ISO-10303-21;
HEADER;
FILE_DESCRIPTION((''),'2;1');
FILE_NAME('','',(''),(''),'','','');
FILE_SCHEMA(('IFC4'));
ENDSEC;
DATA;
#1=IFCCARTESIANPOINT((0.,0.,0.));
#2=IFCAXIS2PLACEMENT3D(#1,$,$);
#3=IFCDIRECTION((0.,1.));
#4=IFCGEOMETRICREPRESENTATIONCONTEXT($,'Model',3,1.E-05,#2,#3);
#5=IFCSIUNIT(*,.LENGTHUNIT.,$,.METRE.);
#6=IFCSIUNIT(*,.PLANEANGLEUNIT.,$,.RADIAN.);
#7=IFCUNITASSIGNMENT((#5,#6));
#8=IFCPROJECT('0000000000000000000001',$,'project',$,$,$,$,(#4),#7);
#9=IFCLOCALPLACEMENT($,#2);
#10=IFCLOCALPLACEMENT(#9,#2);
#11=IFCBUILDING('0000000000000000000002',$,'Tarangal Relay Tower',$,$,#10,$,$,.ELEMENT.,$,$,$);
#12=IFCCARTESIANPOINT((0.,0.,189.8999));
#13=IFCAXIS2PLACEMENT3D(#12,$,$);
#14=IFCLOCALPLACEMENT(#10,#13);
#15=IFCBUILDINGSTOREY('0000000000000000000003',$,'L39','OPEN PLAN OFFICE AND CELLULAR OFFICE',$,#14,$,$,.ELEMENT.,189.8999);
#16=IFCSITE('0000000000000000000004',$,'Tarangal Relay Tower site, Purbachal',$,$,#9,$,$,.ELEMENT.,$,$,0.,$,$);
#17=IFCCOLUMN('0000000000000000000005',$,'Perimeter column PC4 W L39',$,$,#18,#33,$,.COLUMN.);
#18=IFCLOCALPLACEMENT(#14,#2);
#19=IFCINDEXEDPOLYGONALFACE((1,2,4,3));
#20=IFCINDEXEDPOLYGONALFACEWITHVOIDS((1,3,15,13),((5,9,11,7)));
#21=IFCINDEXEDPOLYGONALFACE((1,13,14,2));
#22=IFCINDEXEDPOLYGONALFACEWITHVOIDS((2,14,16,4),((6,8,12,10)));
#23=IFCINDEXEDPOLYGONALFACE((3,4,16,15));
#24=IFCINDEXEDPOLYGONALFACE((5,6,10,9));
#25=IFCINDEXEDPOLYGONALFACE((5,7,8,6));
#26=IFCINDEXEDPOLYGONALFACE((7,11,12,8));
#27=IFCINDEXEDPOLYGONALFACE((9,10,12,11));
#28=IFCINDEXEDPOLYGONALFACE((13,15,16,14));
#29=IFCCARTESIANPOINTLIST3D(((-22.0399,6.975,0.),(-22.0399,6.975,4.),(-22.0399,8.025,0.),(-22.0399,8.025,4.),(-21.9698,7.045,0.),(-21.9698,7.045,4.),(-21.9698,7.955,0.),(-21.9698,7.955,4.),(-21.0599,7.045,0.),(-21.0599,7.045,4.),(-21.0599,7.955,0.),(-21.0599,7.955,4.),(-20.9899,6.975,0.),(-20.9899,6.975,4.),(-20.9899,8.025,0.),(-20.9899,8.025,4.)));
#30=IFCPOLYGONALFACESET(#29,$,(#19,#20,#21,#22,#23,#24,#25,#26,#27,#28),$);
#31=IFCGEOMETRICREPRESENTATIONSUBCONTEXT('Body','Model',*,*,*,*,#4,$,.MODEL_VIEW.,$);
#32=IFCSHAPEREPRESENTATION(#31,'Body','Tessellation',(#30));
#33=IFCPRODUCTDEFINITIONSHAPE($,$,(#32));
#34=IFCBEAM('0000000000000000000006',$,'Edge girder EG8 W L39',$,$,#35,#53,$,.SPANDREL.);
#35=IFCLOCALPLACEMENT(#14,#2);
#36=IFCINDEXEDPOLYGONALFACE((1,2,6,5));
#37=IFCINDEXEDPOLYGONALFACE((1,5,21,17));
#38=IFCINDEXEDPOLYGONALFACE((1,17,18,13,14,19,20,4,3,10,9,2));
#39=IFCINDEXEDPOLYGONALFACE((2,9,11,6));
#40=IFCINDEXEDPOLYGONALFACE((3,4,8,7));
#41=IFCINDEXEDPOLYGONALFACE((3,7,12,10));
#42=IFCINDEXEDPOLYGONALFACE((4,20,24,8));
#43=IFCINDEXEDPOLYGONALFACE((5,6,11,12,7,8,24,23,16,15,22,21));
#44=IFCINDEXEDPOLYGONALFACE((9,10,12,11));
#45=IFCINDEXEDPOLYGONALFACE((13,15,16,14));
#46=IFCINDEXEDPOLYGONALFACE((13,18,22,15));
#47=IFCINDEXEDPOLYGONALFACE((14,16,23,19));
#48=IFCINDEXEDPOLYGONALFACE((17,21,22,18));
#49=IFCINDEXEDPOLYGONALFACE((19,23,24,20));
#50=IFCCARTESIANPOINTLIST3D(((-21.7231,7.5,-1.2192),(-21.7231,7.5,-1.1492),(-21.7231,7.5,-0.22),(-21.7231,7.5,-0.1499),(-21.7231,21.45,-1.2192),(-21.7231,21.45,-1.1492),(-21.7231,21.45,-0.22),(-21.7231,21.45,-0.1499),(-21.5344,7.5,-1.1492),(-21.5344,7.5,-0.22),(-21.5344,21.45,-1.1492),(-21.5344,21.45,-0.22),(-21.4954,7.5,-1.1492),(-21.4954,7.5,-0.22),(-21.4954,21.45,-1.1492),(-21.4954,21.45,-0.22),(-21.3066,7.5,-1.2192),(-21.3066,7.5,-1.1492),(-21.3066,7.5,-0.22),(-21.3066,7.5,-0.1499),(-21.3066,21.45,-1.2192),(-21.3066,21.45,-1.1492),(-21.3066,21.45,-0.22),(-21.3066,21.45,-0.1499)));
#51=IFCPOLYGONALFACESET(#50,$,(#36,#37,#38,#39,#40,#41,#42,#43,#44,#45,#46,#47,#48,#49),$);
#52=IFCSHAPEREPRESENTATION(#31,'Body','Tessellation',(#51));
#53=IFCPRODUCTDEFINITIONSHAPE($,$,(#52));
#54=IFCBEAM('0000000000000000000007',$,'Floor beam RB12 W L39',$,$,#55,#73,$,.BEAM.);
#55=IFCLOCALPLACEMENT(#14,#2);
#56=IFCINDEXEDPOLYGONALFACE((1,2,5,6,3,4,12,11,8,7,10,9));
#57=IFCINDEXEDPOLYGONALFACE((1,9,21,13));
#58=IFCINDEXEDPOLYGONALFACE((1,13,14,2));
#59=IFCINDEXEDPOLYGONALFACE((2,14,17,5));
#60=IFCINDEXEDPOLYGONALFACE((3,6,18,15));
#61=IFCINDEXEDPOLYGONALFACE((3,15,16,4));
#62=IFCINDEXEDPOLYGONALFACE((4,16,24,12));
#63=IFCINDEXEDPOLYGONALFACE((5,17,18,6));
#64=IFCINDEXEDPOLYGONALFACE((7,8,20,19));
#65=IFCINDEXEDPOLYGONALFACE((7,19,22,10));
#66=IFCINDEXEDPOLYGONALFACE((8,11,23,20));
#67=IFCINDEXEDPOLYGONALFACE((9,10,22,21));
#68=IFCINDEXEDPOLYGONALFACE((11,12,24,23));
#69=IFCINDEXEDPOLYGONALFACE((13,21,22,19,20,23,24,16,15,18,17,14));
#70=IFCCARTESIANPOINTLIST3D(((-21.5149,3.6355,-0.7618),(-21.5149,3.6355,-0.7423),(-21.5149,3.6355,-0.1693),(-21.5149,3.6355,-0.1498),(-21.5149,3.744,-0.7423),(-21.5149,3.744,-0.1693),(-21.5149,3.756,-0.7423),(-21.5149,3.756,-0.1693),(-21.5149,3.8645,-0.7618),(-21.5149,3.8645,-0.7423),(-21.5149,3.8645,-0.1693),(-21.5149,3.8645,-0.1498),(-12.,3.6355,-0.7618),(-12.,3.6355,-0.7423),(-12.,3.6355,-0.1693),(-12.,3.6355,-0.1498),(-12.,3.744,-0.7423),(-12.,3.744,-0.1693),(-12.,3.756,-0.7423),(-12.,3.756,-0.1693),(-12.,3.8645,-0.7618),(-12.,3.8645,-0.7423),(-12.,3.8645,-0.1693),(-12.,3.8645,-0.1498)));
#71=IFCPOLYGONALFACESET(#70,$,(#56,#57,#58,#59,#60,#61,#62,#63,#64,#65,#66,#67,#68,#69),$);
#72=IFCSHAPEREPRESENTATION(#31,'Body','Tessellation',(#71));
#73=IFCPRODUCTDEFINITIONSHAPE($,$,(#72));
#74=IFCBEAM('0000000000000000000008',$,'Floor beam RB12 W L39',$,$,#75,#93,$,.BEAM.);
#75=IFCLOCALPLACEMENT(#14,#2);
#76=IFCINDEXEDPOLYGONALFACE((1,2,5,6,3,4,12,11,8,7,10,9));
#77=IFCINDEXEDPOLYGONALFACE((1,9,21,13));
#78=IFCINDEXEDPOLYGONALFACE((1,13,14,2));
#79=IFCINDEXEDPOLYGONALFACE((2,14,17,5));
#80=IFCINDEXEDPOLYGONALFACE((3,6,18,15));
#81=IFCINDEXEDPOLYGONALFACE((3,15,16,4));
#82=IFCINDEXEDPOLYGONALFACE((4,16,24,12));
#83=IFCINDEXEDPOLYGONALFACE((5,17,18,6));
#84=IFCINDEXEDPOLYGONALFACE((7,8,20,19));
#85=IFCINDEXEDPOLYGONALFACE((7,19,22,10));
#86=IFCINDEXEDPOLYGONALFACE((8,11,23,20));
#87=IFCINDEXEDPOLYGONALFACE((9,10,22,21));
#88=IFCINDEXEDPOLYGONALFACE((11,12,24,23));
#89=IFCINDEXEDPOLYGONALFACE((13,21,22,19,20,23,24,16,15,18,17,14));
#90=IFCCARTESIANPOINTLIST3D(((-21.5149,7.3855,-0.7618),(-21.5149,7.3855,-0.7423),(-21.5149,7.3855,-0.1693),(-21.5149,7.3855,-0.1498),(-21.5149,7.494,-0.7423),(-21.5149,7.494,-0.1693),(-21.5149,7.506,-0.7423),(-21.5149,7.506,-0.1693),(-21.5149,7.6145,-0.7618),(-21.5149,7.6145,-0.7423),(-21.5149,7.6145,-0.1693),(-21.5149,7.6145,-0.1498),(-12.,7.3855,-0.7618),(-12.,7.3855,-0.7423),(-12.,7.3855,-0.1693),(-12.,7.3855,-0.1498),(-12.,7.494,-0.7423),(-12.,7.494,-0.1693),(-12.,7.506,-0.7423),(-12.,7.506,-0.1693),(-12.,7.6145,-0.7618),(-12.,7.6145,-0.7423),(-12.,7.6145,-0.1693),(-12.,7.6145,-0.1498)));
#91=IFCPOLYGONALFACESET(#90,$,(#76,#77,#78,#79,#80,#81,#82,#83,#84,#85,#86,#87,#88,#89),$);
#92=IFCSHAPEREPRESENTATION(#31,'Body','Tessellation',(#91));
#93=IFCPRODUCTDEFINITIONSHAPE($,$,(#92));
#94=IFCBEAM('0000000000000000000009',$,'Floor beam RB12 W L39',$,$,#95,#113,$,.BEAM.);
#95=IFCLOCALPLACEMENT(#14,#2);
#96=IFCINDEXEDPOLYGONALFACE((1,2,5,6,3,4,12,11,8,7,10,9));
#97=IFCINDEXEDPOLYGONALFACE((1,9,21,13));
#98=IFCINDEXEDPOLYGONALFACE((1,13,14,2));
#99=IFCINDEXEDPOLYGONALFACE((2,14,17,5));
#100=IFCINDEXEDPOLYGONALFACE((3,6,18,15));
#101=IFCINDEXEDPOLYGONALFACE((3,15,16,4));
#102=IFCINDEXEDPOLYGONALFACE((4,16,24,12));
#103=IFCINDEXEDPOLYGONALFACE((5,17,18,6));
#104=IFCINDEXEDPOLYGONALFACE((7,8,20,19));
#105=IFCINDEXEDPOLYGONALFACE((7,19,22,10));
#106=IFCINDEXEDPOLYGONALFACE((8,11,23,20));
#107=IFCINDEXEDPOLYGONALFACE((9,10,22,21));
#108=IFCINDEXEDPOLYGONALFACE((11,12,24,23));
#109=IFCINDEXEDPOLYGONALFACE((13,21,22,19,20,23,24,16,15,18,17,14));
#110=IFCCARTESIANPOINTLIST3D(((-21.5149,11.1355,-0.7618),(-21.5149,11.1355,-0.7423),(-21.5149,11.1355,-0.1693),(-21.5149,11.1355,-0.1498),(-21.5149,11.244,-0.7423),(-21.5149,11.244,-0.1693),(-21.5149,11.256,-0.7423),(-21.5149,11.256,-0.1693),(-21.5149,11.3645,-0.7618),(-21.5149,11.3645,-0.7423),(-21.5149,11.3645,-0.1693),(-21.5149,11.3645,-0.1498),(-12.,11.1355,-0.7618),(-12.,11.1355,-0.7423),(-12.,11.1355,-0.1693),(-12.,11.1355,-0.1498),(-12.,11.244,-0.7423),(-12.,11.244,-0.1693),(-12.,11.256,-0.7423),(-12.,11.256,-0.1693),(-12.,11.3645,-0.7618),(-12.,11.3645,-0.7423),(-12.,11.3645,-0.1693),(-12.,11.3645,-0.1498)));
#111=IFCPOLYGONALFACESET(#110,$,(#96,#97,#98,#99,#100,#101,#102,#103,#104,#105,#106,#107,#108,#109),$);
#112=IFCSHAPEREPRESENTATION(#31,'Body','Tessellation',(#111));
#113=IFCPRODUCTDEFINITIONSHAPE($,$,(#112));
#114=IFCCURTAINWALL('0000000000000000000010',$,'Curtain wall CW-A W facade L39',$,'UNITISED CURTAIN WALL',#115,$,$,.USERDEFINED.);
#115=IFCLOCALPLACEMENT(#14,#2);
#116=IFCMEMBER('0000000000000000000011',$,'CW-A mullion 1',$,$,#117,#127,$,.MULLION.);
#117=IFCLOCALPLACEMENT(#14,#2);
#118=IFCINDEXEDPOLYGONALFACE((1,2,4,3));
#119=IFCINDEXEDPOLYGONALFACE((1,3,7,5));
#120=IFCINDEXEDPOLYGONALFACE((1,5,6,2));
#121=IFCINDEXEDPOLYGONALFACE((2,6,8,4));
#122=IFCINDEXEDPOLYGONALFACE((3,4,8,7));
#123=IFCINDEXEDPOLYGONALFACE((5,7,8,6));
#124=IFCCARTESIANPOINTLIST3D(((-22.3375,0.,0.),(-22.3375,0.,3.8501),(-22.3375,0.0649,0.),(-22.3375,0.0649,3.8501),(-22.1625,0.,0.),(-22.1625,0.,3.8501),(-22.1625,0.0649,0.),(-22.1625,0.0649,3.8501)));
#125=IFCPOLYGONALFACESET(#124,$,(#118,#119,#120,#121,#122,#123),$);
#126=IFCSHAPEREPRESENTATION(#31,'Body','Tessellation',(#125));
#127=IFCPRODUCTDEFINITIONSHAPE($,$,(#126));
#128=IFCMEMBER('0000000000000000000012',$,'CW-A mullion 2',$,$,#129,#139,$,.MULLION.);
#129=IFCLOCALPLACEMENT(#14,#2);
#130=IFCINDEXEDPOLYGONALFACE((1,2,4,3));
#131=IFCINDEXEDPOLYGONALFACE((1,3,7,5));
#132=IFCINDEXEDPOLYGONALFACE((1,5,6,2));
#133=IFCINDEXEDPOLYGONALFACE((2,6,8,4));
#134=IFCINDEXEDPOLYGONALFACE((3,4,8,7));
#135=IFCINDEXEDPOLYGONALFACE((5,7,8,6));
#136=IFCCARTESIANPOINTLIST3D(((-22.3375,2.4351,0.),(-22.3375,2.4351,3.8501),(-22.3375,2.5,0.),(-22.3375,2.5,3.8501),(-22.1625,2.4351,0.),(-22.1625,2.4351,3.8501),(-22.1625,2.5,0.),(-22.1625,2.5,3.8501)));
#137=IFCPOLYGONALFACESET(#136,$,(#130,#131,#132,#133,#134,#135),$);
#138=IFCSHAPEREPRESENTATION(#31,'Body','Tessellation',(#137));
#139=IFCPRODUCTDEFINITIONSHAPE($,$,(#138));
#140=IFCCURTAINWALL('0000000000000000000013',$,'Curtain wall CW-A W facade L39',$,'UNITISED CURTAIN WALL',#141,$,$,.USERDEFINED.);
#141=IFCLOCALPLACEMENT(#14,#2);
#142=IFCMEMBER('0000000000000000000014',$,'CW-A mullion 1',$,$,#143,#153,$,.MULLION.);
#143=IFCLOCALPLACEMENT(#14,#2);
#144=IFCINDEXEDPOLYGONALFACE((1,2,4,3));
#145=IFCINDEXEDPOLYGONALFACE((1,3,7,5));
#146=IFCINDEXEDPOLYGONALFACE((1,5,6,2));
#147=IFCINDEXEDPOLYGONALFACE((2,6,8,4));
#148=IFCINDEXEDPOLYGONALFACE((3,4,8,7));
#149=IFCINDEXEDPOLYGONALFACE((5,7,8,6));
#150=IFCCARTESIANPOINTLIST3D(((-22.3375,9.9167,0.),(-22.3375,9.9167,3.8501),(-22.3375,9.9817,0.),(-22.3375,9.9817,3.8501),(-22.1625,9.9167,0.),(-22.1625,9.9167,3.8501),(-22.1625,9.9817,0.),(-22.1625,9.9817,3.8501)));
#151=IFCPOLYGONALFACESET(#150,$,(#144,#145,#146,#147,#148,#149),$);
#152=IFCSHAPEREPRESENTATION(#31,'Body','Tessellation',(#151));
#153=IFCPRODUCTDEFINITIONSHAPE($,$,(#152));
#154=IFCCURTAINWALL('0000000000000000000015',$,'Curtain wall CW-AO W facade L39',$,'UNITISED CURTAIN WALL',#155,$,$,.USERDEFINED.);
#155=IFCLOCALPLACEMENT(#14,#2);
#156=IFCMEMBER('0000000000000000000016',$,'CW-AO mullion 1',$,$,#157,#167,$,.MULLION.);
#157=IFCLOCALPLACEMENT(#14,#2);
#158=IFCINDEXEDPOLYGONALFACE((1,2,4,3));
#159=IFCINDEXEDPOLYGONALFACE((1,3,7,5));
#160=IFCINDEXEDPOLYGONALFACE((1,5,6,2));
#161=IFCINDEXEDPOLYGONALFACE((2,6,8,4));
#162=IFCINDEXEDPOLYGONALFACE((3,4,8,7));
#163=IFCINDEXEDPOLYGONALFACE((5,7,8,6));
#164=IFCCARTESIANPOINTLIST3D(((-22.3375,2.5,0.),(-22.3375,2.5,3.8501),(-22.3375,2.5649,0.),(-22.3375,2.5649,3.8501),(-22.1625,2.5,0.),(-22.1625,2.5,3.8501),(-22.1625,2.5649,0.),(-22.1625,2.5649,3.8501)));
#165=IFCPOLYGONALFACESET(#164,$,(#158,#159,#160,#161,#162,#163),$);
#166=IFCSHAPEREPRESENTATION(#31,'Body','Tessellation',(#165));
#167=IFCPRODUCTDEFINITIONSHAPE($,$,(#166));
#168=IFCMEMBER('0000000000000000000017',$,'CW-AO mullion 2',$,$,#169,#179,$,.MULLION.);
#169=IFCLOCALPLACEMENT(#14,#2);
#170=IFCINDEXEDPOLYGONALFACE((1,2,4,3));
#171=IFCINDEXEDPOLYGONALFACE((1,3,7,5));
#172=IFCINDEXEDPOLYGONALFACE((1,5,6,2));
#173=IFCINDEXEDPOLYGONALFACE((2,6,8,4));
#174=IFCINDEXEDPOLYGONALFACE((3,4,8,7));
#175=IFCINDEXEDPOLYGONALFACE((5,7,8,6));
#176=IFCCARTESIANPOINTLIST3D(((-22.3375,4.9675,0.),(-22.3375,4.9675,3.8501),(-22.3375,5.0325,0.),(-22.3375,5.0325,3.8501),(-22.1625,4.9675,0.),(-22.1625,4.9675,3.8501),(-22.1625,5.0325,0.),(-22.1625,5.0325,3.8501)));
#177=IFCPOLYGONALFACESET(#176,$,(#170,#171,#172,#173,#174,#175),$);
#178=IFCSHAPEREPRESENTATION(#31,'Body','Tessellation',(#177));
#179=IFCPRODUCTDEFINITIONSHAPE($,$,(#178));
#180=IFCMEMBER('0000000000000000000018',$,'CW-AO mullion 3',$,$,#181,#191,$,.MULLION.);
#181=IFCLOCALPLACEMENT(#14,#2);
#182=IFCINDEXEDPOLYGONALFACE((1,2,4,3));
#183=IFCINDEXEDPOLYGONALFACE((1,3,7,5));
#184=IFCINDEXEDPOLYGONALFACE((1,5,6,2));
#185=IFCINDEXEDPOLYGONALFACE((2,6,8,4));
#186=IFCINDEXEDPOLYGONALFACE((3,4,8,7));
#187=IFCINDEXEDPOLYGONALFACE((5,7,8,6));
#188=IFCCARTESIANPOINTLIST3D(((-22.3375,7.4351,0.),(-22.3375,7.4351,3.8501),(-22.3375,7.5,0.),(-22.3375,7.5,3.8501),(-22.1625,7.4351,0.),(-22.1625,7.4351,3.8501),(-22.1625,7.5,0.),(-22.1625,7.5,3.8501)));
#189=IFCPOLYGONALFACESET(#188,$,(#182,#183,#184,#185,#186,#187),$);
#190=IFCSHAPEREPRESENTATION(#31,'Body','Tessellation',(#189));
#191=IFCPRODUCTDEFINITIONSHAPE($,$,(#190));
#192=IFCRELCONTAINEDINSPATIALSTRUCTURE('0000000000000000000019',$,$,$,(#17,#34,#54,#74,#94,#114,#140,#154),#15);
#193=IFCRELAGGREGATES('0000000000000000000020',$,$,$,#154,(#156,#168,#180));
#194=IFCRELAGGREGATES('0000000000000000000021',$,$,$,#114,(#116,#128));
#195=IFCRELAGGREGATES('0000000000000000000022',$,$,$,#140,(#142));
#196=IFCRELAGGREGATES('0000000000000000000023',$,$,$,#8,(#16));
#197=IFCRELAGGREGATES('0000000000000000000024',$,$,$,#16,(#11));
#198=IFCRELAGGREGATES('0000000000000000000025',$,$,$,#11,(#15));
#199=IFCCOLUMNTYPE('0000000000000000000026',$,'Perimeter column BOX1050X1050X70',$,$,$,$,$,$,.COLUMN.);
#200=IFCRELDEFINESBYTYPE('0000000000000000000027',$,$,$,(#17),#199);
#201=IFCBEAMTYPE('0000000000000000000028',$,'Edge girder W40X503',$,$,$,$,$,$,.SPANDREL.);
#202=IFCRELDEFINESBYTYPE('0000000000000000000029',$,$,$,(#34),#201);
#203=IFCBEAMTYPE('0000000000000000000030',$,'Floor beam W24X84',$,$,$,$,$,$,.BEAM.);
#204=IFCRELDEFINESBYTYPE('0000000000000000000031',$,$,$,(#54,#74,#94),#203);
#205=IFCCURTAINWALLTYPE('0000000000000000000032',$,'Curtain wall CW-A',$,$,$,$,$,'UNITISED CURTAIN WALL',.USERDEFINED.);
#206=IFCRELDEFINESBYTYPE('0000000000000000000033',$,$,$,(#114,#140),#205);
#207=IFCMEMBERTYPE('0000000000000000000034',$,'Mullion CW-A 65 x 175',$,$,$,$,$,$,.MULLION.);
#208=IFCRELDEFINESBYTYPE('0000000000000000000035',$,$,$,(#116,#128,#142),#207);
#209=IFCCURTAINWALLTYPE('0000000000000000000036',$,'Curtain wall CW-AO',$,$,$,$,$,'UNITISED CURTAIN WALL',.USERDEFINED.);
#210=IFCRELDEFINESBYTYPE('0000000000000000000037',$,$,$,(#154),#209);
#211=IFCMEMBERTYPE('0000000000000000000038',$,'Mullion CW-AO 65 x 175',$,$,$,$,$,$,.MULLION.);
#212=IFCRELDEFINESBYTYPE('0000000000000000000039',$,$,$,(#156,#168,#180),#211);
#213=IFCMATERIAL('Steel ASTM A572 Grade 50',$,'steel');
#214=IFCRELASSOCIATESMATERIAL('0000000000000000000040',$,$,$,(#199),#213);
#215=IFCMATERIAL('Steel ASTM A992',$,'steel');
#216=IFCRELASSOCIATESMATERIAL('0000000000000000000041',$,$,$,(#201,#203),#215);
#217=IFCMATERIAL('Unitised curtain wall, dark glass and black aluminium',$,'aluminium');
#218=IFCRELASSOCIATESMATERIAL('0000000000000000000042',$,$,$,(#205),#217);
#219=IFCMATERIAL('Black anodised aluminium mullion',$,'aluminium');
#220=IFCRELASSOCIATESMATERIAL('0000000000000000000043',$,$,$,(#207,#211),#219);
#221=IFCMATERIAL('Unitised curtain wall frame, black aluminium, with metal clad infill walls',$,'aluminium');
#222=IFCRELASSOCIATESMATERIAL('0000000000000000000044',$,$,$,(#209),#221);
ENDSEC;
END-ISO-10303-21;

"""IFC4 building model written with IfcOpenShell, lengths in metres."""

from ifc_helpers import new_model, si_unit, direction, frame, origin, origin_2d, place, context, subcontext, project, spatial, rectangle, hollow_rectangle, i_section, extrude, material, material_profile, profile_set, type_object, element, aggregate, save


model = new_model("IFC4")

# Units and contexts
model_context = context("Model", 3, precision=1e-05, world=origin(), true_north=direction((0.0, 1.0)))
body_context = subcontext(model_context, "Body", "Model", "MODEL_VIEW")
ifc_project = project(units=[si_unit("LENGTHUNIT", "METRE"), si_unit("PLANEANGLEUNIT", "RADIAN")], contexts=[model_context])

# Site, building, storey
site_placement = place(None, origin())
site = spatial("IfcSite", under=ifc_project, at=site_placement, Name="Tarangal Relay Tower site, Purbachal", CompositionType="ELEMENT", RefElevation=0.0)
building_placement = place(site_placement, origin())
building = spatial("IfcBuilding", under=site, at=building_placement, Name="Tarangal Relay Tower", CompositionType="ELEMENT")
storey_placement = place(building_placement, frame((0.0, 0.0, 189.8999)))
storey = spatial("IfcBuildingStorey", under=building, at=storey_placement, Name="L39", Description="OPEN PLAN OFFICE AND CELLULAR OFFICE", CompositionType="ELEMENT", Elevation=189.8999)

# Column
ifc_material_1 = material(Name="Steel ASTM A572 Grade 50", Category="steel")
ifc_material_profile_1 = material_profile(ifc_material_1, hollow_rectangle(XDim=1.05, YDim=1.05, WallThickness=0.0701, at=origin_2d()), Name="BOX1050X1050X70")
ifc_profile_set_1 = profile_set([ifc_material_profile_1], Name="Steel ASTM A572 Grade 50")
column_type = type_object("IfcColumnType", Name="Perimeter column BOX1050X1050X70", PredefinedType="COLUMN", material=ifc_profile_set_1)
column_placement = place(storey_placement, frame((-21.5149, 7.5, 0.0), z_axis=(0.0, 0.0, 1.0), x_axis=(1.0, 0.0, 0.0)))
element("IfcColumn", 1, at=column_placement, inside=storey, type_object=column_type, Name="Perimeter column PC4 W L39", PredefinedType="COLUMN", context=body_context, shape_type="SweptSolid", body=[
    extrude(hollow_rectangle(XDim=1.05, YDim=1.05, WallThickness=0.0701, at=origin_2d()), origin(), (0.0, 0.0, 1.0), 4.0),
])

# Beams
ifc_material_2 = material(Name="Steel ASTM A992", Category="steel")
ifc_material_profile_2 = material_profile(ifc_material_2, i_section(OverallWidth=0.4165, OverallDepth=1.0693, WebThickness=0.0391, FlangeThickness=0.0701, at=origin_2d()), Name="W40X503")
ifc_profile_set_2 = profile_set([ifc_material_profile_2], Name="Steel ASTM A992")
beam_type_1 = type_object("IfcBeamType", Name="Edge girder W40X503", PredefinedType="SPANDREL", material=ifc_profile_set_2)
beam_placement = place(storey_placement, frame((-21.5149, 7.5, -0.6846), z_axis=(0.0, 1.0, 0.0), x_axis=(-1.0, 0.0, 0.0)))
element("IfcBeam", 2, at=beam_placement, inside=storey, type_object=beam_type_1, Name="Edge girder EG8 W L39", PredefinedType="SPANDREL", context=body_context, shape_type="SweptSolid", body=[
    extrude(i_section(OverallWidth=0.4165, OverallDepth=1.0693, WebThickness=0.0391, FlangeThickness=0.0701, at=origin_2d()), origin(), (0.0, 0.0, 1.0), 13.95),
])
ifc_material_profile_3 = material_profile(ifc_material_2, i_section(OverallWidth=0.229, OverallDepth=0.6121, WebThickness=0.012, FlangeThickness=0.0195, at=origin_2d()), Name="W24X84")
ifc_profile_set_3 = profile_set([ifc_material_profile_3], Name="Steel ASTM A992")
beam_type_2 = type_object("IfcBeamType", Name="Floor beam W24X84", PredefinedType="BEAM", material=ifc_profile_set_3)
for number, where, z_axis, x_axis, name in (
    (3, (-12.0, 3.75, -0.4558), (-1.0, 0.0, 0.0), (0.0, -1.0, 0.0), "Floor beam RB12 W L39"),
    (4, (-12.0, 7.5, -0.4558), (-1.0, 0.0, 0.0), (0.0, -1.0, 0.0), "Floor beam RB12 W L39"),
    (5, (-12.0, 11.25, -0.4558), (-1.0, 0.0, 0.0), (0.0, -1.0, 0.0), "Floor beam RB12 W L39"),
):
    element("IfcBeam", number, at=place(storey_placement, frame(where, z_axis=z_axis, x_axis=x_axis)), inside=storey, type_object=beam_type_2, Name=name, PredefinedType="BEAM", context=body_context, shape_type="SweptSolid", body=[
        extrude(i_section(OverallWidth=0.229, OverallDepth=0.6121, WebThickness=0.012, FlangeThickness=0.0195, at=origin_2d()), origin(), (0.0, 0.0, 1.0), 9.5149),
    ])

# Curtain wall, members
ifc_material_3 = material(Name="Unitised curtain wall, dark glass and black aluminium", Category="aluminium")
curtain_wall_type_1 = type_object("IfcCurtainWallType", Name="Curtain wall CW-A", ElementType="UNITISED CURTAIN WALL", PredefinedType="USERDEFINED", material=ifc_material_3)
curtain_wall_1_placement = place(storey_placement, origin())
curtain_wall_1 = element("IfcCurtainWall", 6, at=curtain_wall_1_placement, inside=storey, type_object=curtain_wall_type_1, Name="Curtain wall CW-A W facade L39", ObjectType="UNITISED CURTAIN WALL", PredefinedType="USERDEFINED")
ifc_material_4 = material(Name="Black anodised aluminium mullion", Category="aluminium")
ifc_material_profile_4 = material_profile(ifc_material_4, rectangle(XDim=0.175, YDim=0.0649, at=origin_2d()), Name="CW-AM 65X175")
ifc_profile_set_4 = profile_set([ifc_material_profile_4], Name="Black anodised aluminium mullion")
member_type_1 = type_object("IfcMemberType", Name="Mullion CW-A 65 x 175", PredefinedType="MULLION", material=ifc_profile_set_4)
member_1_placement = place(storey_placement, frame((-22.25, 0.0325, 0.0), z_axis=(0.0, 0.0, 1.0), x_axis=(-1.0, 0.0, 0.0)))
member_1 = element("IfcMember", 7, at=member_1_placement, type_object=member_type_1, Name="CW-A mullion 1", PredefinedType="MULLION", context=body_context, shape_type="SweptSolid", body=[
    extrude(rectangle(XDim=0.175, YDim=0.0649, at=origin_2d()), origin(), (0.0, 0.0, 1.0), 3.8501),
])
member_2_placement = place(storey_placement, frame((-22.25, 2.4675, 0.0), z_axis=(0.0, 0.0, 1.0), x_axis=(-1.0, 0.0, 0.0)))
member_2 = element("IfcMember", 8, at=member_2_placement, type_object=member_type_1, Name="CW-A mullion 2", PredefinedType="MULLION", context=body_context, shape_type="SweptSolid", body=[
    extrude(rectangle(XDim=0.175, YDim=0.0649, at=origin_2d()), origin(), (0.0, 0.0, 1.0), 3.8501),
])

# Curtain wall, member
curtain_wall_2_placement = place(storey_placement, origin())
curtain_wall_2 = element("IfcCurtainWall", 9, at=curtain_wall_2_placement, inside=storey, type_object=curtain_wall_type_1, Name="Curtain wall CW-A W facade L39", ObjectType="UNITISED CURTAIN WALL", PredefinedType="USERDEFINED")
member_3_placement = place(storey_placement, frame((-22.25, 9.9492, 0.0), z_axis=(0.0, 0.0, 1.0), x_axis=(-1.0, 0.0, 0.0)))
member_3 = element("IfcMember", 10, at=member_3_placement, type_object=member_type_1, Name="CW-A mullion 1", PredefinedType="MULLION", context=body_context, shape_type="SweptSolid", body=[
    extrude(rectangle(XDim=0.175, YDim=0.0649, at=origin_2d()), origin(), (0.0, 0.0, 1.0), 3.8501),
])

# Curtain wall, members
ifc_material_5 = material(Name="Unitised curtain wall frame, black aluminium, with metal clad infill walls", Category="aluminium")
curtain_wall_type_2 = type_object("IfcCurtainWallType", Name="Curtain wall CW-AO", ElementType="UNITISED CURTAIN WALL", PredefinedType="USERDEFINED", material=ifc_material_5)
curtain_wall_3_placement = place(storey_placement, origin())
curtain_wall_3 = element("IfcCurtainWall", 11, at=curtain_wall_3_placement, inside=storey, type_object=curtain_wall_type_2, Name="Curtain wall CW-AO W facade L39", ObjectType="UNITISED CURTAIN WALL", PredefinedType="USERDEFINED")
ifc_material_profile_5 = material_profile(ifc_material_4, rectangle(XDim=0.175, YDim=0.0649, at=origin_2d()), Name="CW-AOM 65X175")
ifc_profile_set_5 = profile_set([ifc_material_profile_5], Name="Black anodised aluminium mullion")
member_type_2 = type_object("IfcMemberType", Name="Mullion CW-AO 65 x 175", PredefinedType="MULLION", material=ifc_profile_set_5)
member_4_placement = place(storey_placement, frame((-22.25, 2.5325, 0.0), z_axis=(0.0, 0.0, 1.0), x_axis=(-1.0, 0.0, 0.0)))
member_4 = element("IfcMember", 12, at=member_4_placement, type_object=member_type_2, Name="CW-AO mullion 1", PredefinedType="MULLION", context=body_context, shape_type="SweptSolid", body=[
    extrude(rectangle(XDim=0.175, YDim=0.0649, at=origin_2d()), origin(), (0.0, 0.0, 1.0), 3.8501),
])
member_5_placement = place(storey_placement, frame((-22.25, 5.0, 0.0), z_axis=(0.0, 0.0, 1.0), x_axis=(-1.0, 0.0, 0.0)))
member_5 = element("IfcMember", 13, at=member_5_placement, type_object=member_type_2, Name="CW-AO mullion 2", PredefinedType="MULLION", context=body_context, shape_type="SweptSolid", body=[
    extrude(rectangle(XDim=0.175, YDim=0.0649, at=origin_2d()), origin(), (0.0, 0.0, 1.0), 3.8501),
])
member_6_placement = place(storey_placement, frame((-22.25, 7.4675, 0.0), z_axis=(0.0, 0.0, 1.0), x_axis=(-1.0, 0.0, 0.0)))
member_6 = element("IfcMember", 14, at=member_6_placement, type_object=member_type_2, Name="CW-AO mullion 3", PredefinedType="MULLION", context=body_context, shape_type="SweptSolid", body=[
    extrude(rectangle(XDim=0.175, YDim=0.0649, at=origin_2d()), origin(), (0.0, 0.0, 1.0), 3.8501),
])

aggregate(curtain_wall_3, [member_4, member_5, member_6])

aggregate(curtain_wall_1, [member_1, member_2])
aggregate(curtain_wall_2, [member_3])

save(model, "model.ifc")
